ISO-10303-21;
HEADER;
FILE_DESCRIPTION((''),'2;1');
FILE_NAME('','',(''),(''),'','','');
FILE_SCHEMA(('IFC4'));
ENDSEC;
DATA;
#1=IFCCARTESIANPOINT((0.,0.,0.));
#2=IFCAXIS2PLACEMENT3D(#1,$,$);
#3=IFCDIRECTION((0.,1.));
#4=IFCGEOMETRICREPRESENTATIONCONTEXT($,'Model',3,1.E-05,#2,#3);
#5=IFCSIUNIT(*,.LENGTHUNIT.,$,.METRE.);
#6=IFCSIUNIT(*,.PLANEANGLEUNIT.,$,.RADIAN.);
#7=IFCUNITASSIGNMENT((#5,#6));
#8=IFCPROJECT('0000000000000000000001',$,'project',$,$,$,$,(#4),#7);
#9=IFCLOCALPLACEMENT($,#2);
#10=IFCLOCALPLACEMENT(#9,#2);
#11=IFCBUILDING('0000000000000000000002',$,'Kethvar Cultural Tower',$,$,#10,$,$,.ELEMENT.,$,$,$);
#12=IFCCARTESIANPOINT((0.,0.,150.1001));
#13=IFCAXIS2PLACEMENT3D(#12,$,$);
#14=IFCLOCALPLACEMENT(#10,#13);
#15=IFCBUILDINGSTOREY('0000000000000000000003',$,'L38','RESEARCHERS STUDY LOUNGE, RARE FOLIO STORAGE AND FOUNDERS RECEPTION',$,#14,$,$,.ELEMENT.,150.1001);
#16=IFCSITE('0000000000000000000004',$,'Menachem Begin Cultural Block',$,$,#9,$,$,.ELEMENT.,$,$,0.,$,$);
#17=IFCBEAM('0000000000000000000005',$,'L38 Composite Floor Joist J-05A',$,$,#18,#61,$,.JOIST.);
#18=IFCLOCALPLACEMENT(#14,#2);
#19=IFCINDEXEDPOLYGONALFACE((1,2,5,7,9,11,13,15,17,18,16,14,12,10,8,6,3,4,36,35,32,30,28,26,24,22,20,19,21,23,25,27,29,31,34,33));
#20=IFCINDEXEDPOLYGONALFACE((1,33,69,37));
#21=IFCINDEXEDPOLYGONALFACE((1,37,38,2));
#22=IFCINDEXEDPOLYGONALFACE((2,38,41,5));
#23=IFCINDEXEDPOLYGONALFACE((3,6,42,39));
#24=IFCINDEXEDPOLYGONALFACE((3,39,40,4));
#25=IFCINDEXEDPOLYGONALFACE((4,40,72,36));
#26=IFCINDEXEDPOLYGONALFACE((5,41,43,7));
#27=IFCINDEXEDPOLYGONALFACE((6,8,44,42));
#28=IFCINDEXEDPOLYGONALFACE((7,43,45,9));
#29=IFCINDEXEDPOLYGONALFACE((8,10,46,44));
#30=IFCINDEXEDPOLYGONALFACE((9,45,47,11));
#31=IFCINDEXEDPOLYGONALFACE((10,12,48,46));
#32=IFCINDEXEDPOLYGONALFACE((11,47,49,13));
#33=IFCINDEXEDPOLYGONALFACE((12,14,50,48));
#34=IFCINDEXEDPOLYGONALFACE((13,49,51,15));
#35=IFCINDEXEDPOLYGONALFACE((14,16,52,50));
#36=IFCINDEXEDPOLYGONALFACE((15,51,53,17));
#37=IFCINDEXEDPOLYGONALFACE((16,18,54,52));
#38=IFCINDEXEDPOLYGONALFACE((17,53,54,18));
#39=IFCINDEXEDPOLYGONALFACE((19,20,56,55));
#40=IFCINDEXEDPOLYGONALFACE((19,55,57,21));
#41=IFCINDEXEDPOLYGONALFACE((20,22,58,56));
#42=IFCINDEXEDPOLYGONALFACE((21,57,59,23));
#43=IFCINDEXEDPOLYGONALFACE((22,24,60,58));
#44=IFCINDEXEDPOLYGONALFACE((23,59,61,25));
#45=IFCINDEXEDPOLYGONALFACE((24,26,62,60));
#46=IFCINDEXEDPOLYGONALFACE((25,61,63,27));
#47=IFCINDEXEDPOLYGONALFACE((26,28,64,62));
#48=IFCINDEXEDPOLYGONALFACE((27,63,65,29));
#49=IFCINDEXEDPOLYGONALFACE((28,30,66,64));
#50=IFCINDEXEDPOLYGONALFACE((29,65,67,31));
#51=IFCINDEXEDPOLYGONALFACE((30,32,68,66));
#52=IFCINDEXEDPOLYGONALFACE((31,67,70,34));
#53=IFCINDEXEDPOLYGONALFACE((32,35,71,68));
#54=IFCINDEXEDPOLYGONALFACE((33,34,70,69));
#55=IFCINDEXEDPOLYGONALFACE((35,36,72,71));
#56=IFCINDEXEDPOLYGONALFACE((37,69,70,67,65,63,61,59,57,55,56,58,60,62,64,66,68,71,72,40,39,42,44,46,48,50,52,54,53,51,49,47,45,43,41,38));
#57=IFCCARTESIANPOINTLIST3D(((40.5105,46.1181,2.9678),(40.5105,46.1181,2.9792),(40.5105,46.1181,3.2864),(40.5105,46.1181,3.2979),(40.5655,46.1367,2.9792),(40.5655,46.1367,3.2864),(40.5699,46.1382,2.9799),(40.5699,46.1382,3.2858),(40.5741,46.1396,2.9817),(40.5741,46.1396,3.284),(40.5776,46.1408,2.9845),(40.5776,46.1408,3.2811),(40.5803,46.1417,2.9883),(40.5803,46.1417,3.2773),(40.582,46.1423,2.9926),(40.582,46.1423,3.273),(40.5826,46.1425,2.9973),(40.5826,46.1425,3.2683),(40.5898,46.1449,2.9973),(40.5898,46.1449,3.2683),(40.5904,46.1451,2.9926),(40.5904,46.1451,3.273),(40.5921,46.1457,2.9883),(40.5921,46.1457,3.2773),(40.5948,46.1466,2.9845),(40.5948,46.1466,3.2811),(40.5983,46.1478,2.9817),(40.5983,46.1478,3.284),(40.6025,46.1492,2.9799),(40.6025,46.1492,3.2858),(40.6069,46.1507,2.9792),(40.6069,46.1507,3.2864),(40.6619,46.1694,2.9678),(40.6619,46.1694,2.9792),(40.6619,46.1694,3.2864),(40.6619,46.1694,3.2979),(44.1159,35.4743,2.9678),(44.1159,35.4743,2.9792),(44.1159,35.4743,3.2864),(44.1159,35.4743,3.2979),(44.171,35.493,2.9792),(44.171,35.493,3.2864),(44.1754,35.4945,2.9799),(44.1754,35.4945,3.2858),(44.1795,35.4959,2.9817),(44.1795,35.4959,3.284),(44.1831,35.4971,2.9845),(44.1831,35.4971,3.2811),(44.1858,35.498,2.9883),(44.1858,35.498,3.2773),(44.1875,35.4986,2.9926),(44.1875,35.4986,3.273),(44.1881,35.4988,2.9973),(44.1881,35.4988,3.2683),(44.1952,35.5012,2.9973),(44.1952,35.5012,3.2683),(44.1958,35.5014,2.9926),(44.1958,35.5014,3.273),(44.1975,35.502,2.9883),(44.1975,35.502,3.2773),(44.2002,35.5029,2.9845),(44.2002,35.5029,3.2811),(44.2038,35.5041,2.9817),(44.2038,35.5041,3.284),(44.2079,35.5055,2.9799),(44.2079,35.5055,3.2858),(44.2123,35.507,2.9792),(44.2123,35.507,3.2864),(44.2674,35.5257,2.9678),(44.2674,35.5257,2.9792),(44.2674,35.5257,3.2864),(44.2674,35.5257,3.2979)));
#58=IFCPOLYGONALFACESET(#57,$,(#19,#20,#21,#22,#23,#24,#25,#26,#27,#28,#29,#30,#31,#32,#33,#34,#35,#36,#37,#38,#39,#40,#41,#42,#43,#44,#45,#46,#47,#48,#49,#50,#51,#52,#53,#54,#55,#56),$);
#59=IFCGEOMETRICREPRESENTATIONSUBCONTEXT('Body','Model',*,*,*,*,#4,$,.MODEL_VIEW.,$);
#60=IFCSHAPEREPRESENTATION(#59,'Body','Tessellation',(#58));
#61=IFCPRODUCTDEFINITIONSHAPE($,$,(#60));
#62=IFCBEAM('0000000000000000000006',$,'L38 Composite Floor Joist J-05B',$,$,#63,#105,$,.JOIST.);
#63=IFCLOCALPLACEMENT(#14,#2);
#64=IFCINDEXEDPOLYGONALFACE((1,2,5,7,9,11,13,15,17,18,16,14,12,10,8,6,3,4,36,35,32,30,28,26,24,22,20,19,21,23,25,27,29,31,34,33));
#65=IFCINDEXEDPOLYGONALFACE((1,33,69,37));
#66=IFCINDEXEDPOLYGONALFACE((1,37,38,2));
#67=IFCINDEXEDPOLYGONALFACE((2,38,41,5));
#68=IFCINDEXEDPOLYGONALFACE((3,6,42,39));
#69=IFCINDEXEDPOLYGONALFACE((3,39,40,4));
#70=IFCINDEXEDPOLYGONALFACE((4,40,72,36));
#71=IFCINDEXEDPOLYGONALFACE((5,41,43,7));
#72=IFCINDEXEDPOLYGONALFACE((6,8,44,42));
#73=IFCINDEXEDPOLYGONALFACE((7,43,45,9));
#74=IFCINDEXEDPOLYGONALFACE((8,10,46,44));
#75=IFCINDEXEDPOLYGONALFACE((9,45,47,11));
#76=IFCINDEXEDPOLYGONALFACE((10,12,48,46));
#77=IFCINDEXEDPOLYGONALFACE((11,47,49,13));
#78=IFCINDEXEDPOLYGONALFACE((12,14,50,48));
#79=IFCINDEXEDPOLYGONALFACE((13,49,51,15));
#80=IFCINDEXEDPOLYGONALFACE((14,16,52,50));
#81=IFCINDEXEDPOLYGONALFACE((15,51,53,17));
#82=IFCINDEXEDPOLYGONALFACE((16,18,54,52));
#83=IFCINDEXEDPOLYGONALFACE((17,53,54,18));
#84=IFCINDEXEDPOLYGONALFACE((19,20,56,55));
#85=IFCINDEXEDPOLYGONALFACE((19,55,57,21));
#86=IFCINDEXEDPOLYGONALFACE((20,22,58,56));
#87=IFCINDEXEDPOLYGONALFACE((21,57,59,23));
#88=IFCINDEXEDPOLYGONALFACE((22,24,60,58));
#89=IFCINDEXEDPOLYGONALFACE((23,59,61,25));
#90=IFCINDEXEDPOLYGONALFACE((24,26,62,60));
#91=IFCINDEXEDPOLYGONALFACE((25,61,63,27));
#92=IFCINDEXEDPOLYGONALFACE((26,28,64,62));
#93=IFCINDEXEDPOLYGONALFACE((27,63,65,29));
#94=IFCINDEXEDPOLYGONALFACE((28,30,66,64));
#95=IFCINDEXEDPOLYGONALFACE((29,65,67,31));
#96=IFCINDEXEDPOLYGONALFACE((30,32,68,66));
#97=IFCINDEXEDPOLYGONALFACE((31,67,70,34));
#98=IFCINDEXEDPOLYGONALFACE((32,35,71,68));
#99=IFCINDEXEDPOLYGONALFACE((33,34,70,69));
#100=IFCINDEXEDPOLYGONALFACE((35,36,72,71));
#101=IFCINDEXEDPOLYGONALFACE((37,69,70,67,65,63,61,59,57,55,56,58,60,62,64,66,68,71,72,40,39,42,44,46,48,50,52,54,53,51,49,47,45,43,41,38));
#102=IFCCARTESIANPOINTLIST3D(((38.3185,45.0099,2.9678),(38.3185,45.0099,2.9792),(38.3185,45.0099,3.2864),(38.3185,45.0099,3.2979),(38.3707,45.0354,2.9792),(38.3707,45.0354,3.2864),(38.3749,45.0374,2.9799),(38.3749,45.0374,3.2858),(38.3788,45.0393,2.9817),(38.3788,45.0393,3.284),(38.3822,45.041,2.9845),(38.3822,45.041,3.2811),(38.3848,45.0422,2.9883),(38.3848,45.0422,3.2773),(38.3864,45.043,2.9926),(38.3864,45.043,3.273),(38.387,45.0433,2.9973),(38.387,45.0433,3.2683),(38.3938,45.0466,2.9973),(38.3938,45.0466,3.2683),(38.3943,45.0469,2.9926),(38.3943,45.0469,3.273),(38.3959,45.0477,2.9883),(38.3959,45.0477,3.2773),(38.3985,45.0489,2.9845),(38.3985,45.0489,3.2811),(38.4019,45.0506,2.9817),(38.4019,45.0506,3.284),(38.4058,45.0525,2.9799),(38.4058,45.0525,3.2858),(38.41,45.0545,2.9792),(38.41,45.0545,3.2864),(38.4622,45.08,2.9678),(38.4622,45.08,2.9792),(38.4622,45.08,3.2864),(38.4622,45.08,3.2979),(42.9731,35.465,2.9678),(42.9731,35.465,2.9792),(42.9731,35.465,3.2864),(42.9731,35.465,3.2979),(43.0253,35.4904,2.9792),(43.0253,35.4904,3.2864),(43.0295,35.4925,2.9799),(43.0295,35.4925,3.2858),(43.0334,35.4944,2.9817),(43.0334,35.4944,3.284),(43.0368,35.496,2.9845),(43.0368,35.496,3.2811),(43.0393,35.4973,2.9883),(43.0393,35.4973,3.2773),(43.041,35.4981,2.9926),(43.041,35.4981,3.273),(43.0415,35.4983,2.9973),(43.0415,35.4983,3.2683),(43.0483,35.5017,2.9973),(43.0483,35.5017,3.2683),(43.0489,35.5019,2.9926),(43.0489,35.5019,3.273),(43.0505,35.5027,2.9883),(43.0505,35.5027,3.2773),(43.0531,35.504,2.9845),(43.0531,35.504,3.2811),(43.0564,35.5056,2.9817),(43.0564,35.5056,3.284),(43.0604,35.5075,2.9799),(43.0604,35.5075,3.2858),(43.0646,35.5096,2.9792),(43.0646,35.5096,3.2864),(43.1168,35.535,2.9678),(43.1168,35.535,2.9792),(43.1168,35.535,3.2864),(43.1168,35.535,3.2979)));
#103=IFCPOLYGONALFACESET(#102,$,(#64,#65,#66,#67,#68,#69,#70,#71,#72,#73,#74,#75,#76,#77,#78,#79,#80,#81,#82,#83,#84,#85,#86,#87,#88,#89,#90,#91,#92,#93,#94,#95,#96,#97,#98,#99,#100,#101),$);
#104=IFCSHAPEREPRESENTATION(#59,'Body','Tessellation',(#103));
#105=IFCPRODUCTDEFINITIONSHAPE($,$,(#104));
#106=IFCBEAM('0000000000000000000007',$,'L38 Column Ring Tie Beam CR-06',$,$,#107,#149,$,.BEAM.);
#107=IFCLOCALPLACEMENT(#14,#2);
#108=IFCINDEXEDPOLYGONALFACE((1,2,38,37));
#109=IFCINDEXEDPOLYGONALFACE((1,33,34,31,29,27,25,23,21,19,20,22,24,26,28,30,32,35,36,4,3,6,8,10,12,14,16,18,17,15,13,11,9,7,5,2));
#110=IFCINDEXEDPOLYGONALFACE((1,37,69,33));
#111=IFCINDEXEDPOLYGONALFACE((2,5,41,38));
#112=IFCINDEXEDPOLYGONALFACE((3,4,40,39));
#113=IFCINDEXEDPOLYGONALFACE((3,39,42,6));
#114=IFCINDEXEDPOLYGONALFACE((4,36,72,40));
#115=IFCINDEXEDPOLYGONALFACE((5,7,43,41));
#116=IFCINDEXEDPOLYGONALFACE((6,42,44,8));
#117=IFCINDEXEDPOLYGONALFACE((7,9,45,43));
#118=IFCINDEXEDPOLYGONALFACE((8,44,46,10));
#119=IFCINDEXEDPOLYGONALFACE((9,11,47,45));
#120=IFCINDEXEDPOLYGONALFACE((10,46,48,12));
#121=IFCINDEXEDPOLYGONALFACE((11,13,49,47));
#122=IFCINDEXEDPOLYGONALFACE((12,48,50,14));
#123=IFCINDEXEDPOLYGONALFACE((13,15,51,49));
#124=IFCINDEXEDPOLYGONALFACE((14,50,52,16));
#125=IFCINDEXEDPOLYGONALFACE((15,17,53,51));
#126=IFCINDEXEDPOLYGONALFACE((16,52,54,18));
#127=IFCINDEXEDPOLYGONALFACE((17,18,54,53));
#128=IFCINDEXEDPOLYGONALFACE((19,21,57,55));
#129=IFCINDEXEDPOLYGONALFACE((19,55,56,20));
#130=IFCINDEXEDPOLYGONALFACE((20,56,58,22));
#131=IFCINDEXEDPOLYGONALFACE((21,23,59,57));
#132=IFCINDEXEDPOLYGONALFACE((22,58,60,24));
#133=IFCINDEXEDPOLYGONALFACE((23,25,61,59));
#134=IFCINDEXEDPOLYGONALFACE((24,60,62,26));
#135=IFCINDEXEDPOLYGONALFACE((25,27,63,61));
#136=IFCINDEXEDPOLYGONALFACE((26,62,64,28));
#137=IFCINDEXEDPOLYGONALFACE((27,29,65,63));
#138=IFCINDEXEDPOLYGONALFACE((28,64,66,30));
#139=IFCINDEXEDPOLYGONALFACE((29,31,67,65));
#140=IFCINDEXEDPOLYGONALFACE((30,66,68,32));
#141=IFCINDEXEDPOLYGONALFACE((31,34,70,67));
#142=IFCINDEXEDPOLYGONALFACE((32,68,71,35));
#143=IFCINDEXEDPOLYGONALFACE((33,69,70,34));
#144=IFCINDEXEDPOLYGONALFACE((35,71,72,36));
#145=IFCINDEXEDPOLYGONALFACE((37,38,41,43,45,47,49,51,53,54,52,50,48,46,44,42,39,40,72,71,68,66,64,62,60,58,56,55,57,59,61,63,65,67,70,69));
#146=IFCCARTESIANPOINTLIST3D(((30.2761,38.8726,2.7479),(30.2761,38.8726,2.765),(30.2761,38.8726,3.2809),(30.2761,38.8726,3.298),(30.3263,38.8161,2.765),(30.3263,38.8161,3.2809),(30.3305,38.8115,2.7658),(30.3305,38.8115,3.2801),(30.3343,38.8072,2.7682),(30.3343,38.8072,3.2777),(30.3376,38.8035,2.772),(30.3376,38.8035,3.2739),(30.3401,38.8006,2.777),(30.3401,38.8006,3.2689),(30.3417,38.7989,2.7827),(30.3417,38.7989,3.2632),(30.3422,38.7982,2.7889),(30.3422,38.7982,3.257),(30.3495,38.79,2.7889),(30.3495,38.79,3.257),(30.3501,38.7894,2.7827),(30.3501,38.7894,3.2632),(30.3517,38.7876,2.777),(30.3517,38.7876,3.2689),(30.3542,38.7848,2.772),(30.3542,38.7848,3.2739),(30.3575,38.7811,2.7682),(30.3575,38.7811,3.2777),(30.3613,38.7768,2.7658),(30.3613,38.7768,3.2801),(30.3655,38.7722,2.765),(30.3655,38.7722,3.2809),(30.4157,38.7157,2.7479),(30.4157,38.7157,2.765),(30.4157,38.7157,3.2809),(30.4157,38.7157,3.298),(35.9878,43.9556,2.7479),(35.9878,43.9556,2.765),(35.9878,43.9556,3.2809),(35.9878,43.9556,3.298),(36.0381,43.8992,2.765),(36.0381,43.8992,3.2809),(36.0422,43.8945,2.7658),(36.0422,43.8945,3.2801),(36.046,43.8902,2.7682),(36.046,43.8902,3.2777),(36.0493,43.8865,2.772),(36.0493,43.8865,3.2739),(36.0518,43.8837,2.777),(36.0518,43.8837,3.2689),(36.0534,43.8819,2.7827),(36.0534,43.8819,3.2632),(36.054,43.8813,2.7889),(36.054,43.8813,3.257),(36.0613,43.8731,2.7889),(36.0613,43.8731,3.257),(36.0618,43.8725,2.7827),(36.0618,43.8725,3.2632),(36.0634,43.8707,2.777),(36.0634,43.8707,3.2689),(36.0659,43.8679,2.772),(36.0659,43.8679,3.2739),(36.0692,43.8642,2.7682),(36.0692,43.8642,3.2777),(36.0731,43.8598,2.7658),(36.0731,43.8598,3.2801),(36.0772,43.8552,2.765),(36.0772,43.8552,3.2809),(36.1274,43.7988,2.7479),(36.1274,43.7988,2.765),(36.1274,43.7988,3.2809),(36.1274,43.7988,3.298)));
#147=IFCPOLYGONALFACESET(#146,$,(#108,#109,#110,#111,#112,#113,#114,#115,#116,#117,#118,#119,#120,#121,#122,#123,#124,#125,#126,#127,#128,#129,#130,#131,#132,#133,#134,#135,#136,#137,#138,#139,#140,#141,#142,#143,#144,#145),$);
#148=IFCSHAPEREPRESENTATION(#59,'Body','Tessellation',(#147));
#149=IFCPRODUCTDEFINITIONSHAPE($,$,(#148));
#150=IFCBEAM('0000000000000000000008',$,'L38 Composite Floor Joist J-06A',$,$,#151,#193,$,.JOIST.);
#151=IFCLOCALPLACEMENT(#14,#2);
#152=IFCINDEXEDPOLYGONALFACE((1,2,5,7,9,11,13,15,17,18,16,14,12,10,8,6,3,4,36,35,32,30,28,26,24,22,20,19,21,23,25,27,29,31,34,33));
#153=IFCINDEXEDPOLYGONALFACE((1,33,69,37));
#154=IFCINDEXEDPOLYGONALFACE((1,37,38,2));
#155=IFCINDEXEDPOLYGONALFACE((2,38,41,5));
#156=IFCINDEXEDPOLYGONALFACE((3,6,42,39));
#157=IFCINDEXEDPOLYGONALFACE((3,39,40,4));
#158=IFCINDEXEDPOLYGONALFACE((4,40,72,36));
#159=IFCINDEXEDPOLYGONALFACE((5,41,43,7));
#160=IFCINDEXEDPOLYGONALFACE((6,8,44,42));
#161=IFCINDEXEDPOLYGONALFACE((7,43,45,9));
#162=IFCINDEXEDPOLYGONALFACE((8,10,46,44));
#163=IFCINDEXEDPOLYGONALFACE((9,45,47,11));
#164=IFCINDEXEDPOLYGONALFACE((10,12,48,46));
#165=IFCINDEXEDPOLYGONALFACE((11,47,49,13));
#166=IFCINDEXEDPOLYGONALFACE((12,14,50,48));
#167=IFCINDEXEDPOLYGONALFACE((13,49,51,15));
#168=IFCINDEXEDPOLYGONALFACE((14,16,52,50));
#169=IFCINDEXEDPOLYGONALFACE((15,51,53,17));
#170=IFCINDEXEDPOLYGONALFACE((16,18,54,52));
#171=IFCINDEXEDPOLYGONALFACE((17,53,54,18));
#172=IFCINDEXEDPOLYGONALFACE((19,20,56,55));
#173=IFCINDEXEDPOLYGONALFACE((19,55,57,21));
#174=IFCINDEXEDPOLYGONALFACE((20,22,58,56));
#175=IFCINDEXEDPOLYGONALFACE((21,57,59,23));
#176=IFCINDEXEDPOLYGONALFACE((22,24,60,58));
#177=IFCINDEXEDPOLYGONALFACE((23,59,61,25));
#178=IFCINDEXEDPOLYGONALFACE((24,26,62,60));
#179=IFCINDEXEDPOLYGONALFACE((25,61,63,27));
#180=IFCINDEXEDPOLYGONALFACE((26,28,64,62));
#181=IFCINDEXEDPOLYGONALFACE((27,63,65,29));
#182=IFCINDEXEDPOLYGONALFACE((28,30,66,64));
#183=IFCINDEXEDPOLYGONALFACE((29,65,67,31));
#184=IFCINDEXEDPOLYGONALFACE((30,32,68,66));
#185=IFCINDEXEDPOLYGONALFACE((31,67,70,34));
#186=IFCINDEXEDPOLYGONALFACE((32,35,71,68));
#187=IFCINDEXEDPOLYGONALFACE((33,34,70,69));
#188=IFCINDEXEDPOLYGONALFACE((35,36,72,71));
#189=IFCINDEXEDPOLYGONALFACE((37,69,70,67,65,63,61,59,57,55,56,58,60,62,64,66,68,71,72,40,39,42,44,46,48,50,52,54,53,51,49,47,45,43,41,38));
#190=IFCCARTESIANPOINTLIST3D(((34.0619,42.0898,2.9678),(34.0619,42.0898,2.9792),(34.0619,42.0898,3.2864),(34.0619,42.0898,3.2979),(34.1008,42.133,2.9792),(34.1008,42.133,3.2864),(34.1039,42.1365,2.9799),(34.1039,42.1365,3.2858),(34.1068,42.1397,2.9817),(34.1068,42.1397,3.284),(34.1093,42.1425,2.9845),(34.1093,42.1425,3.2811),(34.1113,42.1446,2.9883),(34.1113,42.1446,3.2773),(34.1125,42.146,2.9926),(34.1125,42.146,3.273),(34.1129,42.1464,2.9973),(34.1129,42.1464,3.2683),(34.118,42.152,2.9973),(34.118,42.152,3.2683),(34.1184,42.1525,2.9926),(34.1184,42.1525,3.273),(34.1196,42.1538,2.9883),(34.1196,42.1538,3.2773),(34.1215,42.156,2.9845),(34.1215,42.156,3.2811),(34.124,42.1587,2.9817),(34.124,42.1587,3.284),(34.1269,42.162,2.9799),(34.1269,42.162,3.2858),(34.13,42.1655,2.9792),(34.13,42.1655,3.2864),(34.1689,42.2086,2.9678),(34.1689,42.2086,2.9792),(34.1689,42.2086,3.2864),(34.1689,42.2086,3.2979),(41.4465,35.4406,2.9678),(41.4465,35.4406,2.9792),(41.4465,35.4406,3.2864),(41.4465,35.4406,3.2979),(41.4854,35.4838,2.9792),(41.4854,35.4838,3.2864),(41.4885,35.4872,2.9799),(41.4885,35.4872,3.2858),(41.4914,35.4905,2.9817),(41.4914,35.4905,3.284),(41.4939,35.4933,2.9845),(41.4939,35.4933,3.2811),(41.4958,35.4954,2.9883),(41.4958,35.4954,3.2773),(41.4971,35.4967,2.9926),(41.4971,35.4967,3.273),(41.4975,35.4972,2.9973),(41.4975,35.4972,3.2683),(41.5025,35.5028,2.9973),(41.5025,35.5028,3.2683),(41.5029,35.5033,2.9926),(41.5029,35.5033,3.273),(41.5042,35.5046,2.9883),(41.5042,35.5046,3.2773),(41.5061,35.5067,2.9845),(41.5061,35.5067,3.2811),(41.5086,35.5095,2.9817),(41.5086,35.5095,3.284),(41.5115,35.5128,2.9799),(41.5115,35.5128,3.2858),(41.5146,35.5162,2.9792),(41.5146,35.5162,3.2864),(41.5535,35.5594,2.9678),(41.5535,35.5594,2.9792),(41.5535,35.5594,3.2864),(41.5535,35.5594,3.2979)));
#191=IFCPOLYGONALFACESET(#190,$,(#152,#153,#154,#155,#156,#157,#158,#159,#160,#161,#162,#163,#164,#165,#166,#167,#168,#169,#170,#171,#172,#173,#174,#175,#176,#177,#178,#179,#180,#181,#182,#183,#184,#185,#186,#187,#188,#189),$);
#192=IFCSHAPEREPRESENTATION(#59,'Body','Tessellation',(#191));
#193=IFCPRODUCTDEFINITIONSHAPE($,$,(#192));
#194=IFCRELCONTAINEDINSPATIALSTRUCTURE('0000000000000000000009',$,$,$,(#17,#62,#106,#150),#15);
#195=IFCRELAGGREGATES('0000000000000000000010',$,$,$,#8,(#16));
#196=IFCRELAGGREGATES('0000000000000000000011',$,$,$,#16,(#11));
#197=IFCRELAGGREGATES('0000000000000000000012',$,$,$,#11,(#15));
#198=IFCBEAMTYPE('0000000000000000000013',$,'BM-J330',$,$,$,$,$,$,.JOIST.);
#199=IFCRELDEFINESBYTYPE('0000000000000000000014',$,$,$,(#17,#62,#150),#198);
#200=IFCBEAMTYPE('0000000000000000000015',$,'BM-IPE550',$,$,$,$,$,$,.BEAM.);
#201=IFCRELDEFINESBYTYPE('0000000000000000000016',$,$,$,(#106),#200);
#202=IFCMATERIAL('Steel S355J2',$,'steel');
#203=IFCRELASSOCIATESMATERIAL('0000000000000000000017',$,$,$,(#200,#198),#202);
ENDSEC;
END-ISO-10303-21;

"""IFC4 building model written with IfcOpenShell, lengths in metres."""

from ifc_helpers import new_model, si_unit, direction, frame, origin, origin_2d, place, context, subcontext, project, spatial, i_section, extrude, source, transform, mapped, material, material_profile, profile_set, type_object, element, save


model = new_model("IFC4")

# Units and contexts
model_context = context("Model", 3, precision=1e-05, world=origin(), true_north=direction((0.0, 1.0)))
body_context = subcontext(model_context, "Body", "Model", "MODEL_VIEW")
ifc_project = project(units=[si_unit("LENGTHUNIT", "METRE"), si_unit("PLANEANGLEUNIT", "RADIAN")], contexts=[model_context])

# Site, building, storey
site_placement = place(None, origin())
site = spatial("IfcSite", under=ifc_project, at=site_placement, Name="Menachem Begin Cultural Block", CompositionType="ELEMENT", RefElevation=0.0)
building_placement = place(site_placement, origin())
building = spatial("IfcBuilding", under=site, at=building_placement, Name="Kethvar Cultural Tower", CompositionType="ELEMENT")
storey_placement = place(building_placement, frame((0.0, 0.0, 150.1001)))
storey = spatial("IfcBuildingStorey", under=building, at=storey_placement, Name="L38", Description="RESEARCHERS STUDY LOUNGE, RARE FOLIO STORAGE AND FOUNDERS RECEPTION", CompositionType="ELEMENT", Elevation=150.1001)

# Beams
ifc_material_1 = material(Name="Steel S355J2", Category="steel")
ifc_material_profile_1 = material_profile(ifc_material_1, i_section(OverallWidth=0.21, OverallDepth=0.55, WebThickness=0.011, FlangeThickness=0.0171, FilletRadius=0.0239, at=origin_2d()), Name="Steel S355J2 — IPE550")
ifc_profile_set_1 = profile_set([ifc_material_profile_1], Name="Steel S355J2 — IPE550")
beam_type_1 = type_object("IfcBeamType", Name="BM-IPE550", PredefinedType="BEAM", material=ifc_profile_set_1)
ifc_material_profile_2 = material_profile(ifc_material_1, i_section(OverallWidth=0.1599, OverallDepth=0.3301, WebThickness=0.0076, FlangeThickness=0.0115, FilletRadius=0.0181, at=origin_2d()), Name="Steel S355J2 — IPE330")
ifc_profile_set_2 = profile_set([ifc_material_profile_2], Name="Steel S355J2 — IPE330")
beam_type_2 = type_object("IfcBeamType", Name="BM-J330", PredefinedType="JOIST", material=ifc_profile_set_2)
shared_shape_1 = source(origin(), body_context, "Body", "SweptSolid", [
    extrude(i_section(OverallWidth=0.1599, OverallDepth=0.3301, WebThickness=0.0076, FlangeThickness=0.0115, FilletRadius=0.0181, at=origin_2d()), origin(), (0.0, 0.0, 1.0), 11.2378),
])
beam_1_placement = place(storey_placement, frame((44.1917, 35.5, 3.1328), z_axis=(-0.320832, 0.947136, 0.0), x_axis=(-0.947136, -0.320832, 0.0)))
element("IfcBeam", 1, at=beam_1_placement, inside=storey, type_object=beam_type_2, Name="L38 Composite Floor Joist J-05A", PredefinedType="JOIST", context=body_context, shape_type="MappedRepresentation", body=[
    mapped(shared_shape_1, transform((0.0, 0.0, 0.0), scale=1.0)),
])
shared_shape_2 = source(origin(), body_context, "Body", "SweptSolid", [
    extrude(i_section(OverallWidth=0.1599, OverallDepth=0.3301, WebThickness=0.0076, FlangeThickness=0.0115, FilletRadius=0.0181, at=origin_2d()), origin(), (0.0, 0.0, 1.0), 10.6194),
])
beam_2_placement = place(storey_placement, frame((43.0449, 35.5, 3.1328), z_axis=(-0.438308, 0.898825, 0.0), x_axis=(-0.898825, -0.438308, 0.0)))
element("IfcBeam", 2, at=beam_2_placement, inside=storey, type_object=beam_type_2, Name="L38 Composite Floor Joist J-05B", PredefinedType="JOIST", context=body_context, shape_type="MappedRepresentation", body=[
    mapped(shared_shape_2, transform((0.0, 0.0, 0.0), scale=1.0)),
])
shared_shape_3 = source(origin(), body_context, "Body", "SweptSolid", [
    extrude(i_section(OverallWidth=0.21, OverallDepth=0.55, WebThickness=0.011, FlangeThickness=0.0171, FilletRadius=0.0239, at=origin_2d()), origin(), (0.0, 0.0, 1.0), 7.646),
])
beam_3_placement = place(storey_placement, frame((36.0576, 43.8772, 3.0229), z_axis=(-0.747022, -0.6648, 0.0), x_axis=(0.6648, -0.747022, 0.0)))
element("IfcBeam", 3, at=beam_3_placement, inside=storey, type_object=beam_type_1, Name="L38 Column Ring Tie Beam CR-06", PredefinedType="BEAM", context=body_context, shape_type="MappedRepresentation", body=[
    mapped(shared_shape_3, transform((0.0, 0.0, 0.0), scale=1.0)),
])
shared_shape_4 = source(origin(), body_context, "Body", "SweptSolid", [
    extrude(i_section(OverallWidth=0.1599, OverallDepth=0.3301, WebThickness=0.0076, FlangeThickness=0.0115, FilletRadius=0.0181, at=origin_2d()), origin(), (0.0, 0.0, 1.0), 9.937),
])
beam_4_placement = place(storey_placement, frame((41.5, 35.5, 3.1328), z_axis=(-0.743139, 0.669137, 0.0), x_axis=(-0.669137, -0.743139, 0.0)))
element("IfcBeam", 4, at=beam_4_placement, inside=storey, type_object=beam_type_2, Name="L38 Composite Floor Joist J-06A", PredefinedType="JOIST", context=body_context, shape_type="MappedRepresentation", body=[
    mapped(shared_shape_4, transform((0.0, 0.0, 0.0), scale=1.0)),
])

save(model, "model.ifc")
